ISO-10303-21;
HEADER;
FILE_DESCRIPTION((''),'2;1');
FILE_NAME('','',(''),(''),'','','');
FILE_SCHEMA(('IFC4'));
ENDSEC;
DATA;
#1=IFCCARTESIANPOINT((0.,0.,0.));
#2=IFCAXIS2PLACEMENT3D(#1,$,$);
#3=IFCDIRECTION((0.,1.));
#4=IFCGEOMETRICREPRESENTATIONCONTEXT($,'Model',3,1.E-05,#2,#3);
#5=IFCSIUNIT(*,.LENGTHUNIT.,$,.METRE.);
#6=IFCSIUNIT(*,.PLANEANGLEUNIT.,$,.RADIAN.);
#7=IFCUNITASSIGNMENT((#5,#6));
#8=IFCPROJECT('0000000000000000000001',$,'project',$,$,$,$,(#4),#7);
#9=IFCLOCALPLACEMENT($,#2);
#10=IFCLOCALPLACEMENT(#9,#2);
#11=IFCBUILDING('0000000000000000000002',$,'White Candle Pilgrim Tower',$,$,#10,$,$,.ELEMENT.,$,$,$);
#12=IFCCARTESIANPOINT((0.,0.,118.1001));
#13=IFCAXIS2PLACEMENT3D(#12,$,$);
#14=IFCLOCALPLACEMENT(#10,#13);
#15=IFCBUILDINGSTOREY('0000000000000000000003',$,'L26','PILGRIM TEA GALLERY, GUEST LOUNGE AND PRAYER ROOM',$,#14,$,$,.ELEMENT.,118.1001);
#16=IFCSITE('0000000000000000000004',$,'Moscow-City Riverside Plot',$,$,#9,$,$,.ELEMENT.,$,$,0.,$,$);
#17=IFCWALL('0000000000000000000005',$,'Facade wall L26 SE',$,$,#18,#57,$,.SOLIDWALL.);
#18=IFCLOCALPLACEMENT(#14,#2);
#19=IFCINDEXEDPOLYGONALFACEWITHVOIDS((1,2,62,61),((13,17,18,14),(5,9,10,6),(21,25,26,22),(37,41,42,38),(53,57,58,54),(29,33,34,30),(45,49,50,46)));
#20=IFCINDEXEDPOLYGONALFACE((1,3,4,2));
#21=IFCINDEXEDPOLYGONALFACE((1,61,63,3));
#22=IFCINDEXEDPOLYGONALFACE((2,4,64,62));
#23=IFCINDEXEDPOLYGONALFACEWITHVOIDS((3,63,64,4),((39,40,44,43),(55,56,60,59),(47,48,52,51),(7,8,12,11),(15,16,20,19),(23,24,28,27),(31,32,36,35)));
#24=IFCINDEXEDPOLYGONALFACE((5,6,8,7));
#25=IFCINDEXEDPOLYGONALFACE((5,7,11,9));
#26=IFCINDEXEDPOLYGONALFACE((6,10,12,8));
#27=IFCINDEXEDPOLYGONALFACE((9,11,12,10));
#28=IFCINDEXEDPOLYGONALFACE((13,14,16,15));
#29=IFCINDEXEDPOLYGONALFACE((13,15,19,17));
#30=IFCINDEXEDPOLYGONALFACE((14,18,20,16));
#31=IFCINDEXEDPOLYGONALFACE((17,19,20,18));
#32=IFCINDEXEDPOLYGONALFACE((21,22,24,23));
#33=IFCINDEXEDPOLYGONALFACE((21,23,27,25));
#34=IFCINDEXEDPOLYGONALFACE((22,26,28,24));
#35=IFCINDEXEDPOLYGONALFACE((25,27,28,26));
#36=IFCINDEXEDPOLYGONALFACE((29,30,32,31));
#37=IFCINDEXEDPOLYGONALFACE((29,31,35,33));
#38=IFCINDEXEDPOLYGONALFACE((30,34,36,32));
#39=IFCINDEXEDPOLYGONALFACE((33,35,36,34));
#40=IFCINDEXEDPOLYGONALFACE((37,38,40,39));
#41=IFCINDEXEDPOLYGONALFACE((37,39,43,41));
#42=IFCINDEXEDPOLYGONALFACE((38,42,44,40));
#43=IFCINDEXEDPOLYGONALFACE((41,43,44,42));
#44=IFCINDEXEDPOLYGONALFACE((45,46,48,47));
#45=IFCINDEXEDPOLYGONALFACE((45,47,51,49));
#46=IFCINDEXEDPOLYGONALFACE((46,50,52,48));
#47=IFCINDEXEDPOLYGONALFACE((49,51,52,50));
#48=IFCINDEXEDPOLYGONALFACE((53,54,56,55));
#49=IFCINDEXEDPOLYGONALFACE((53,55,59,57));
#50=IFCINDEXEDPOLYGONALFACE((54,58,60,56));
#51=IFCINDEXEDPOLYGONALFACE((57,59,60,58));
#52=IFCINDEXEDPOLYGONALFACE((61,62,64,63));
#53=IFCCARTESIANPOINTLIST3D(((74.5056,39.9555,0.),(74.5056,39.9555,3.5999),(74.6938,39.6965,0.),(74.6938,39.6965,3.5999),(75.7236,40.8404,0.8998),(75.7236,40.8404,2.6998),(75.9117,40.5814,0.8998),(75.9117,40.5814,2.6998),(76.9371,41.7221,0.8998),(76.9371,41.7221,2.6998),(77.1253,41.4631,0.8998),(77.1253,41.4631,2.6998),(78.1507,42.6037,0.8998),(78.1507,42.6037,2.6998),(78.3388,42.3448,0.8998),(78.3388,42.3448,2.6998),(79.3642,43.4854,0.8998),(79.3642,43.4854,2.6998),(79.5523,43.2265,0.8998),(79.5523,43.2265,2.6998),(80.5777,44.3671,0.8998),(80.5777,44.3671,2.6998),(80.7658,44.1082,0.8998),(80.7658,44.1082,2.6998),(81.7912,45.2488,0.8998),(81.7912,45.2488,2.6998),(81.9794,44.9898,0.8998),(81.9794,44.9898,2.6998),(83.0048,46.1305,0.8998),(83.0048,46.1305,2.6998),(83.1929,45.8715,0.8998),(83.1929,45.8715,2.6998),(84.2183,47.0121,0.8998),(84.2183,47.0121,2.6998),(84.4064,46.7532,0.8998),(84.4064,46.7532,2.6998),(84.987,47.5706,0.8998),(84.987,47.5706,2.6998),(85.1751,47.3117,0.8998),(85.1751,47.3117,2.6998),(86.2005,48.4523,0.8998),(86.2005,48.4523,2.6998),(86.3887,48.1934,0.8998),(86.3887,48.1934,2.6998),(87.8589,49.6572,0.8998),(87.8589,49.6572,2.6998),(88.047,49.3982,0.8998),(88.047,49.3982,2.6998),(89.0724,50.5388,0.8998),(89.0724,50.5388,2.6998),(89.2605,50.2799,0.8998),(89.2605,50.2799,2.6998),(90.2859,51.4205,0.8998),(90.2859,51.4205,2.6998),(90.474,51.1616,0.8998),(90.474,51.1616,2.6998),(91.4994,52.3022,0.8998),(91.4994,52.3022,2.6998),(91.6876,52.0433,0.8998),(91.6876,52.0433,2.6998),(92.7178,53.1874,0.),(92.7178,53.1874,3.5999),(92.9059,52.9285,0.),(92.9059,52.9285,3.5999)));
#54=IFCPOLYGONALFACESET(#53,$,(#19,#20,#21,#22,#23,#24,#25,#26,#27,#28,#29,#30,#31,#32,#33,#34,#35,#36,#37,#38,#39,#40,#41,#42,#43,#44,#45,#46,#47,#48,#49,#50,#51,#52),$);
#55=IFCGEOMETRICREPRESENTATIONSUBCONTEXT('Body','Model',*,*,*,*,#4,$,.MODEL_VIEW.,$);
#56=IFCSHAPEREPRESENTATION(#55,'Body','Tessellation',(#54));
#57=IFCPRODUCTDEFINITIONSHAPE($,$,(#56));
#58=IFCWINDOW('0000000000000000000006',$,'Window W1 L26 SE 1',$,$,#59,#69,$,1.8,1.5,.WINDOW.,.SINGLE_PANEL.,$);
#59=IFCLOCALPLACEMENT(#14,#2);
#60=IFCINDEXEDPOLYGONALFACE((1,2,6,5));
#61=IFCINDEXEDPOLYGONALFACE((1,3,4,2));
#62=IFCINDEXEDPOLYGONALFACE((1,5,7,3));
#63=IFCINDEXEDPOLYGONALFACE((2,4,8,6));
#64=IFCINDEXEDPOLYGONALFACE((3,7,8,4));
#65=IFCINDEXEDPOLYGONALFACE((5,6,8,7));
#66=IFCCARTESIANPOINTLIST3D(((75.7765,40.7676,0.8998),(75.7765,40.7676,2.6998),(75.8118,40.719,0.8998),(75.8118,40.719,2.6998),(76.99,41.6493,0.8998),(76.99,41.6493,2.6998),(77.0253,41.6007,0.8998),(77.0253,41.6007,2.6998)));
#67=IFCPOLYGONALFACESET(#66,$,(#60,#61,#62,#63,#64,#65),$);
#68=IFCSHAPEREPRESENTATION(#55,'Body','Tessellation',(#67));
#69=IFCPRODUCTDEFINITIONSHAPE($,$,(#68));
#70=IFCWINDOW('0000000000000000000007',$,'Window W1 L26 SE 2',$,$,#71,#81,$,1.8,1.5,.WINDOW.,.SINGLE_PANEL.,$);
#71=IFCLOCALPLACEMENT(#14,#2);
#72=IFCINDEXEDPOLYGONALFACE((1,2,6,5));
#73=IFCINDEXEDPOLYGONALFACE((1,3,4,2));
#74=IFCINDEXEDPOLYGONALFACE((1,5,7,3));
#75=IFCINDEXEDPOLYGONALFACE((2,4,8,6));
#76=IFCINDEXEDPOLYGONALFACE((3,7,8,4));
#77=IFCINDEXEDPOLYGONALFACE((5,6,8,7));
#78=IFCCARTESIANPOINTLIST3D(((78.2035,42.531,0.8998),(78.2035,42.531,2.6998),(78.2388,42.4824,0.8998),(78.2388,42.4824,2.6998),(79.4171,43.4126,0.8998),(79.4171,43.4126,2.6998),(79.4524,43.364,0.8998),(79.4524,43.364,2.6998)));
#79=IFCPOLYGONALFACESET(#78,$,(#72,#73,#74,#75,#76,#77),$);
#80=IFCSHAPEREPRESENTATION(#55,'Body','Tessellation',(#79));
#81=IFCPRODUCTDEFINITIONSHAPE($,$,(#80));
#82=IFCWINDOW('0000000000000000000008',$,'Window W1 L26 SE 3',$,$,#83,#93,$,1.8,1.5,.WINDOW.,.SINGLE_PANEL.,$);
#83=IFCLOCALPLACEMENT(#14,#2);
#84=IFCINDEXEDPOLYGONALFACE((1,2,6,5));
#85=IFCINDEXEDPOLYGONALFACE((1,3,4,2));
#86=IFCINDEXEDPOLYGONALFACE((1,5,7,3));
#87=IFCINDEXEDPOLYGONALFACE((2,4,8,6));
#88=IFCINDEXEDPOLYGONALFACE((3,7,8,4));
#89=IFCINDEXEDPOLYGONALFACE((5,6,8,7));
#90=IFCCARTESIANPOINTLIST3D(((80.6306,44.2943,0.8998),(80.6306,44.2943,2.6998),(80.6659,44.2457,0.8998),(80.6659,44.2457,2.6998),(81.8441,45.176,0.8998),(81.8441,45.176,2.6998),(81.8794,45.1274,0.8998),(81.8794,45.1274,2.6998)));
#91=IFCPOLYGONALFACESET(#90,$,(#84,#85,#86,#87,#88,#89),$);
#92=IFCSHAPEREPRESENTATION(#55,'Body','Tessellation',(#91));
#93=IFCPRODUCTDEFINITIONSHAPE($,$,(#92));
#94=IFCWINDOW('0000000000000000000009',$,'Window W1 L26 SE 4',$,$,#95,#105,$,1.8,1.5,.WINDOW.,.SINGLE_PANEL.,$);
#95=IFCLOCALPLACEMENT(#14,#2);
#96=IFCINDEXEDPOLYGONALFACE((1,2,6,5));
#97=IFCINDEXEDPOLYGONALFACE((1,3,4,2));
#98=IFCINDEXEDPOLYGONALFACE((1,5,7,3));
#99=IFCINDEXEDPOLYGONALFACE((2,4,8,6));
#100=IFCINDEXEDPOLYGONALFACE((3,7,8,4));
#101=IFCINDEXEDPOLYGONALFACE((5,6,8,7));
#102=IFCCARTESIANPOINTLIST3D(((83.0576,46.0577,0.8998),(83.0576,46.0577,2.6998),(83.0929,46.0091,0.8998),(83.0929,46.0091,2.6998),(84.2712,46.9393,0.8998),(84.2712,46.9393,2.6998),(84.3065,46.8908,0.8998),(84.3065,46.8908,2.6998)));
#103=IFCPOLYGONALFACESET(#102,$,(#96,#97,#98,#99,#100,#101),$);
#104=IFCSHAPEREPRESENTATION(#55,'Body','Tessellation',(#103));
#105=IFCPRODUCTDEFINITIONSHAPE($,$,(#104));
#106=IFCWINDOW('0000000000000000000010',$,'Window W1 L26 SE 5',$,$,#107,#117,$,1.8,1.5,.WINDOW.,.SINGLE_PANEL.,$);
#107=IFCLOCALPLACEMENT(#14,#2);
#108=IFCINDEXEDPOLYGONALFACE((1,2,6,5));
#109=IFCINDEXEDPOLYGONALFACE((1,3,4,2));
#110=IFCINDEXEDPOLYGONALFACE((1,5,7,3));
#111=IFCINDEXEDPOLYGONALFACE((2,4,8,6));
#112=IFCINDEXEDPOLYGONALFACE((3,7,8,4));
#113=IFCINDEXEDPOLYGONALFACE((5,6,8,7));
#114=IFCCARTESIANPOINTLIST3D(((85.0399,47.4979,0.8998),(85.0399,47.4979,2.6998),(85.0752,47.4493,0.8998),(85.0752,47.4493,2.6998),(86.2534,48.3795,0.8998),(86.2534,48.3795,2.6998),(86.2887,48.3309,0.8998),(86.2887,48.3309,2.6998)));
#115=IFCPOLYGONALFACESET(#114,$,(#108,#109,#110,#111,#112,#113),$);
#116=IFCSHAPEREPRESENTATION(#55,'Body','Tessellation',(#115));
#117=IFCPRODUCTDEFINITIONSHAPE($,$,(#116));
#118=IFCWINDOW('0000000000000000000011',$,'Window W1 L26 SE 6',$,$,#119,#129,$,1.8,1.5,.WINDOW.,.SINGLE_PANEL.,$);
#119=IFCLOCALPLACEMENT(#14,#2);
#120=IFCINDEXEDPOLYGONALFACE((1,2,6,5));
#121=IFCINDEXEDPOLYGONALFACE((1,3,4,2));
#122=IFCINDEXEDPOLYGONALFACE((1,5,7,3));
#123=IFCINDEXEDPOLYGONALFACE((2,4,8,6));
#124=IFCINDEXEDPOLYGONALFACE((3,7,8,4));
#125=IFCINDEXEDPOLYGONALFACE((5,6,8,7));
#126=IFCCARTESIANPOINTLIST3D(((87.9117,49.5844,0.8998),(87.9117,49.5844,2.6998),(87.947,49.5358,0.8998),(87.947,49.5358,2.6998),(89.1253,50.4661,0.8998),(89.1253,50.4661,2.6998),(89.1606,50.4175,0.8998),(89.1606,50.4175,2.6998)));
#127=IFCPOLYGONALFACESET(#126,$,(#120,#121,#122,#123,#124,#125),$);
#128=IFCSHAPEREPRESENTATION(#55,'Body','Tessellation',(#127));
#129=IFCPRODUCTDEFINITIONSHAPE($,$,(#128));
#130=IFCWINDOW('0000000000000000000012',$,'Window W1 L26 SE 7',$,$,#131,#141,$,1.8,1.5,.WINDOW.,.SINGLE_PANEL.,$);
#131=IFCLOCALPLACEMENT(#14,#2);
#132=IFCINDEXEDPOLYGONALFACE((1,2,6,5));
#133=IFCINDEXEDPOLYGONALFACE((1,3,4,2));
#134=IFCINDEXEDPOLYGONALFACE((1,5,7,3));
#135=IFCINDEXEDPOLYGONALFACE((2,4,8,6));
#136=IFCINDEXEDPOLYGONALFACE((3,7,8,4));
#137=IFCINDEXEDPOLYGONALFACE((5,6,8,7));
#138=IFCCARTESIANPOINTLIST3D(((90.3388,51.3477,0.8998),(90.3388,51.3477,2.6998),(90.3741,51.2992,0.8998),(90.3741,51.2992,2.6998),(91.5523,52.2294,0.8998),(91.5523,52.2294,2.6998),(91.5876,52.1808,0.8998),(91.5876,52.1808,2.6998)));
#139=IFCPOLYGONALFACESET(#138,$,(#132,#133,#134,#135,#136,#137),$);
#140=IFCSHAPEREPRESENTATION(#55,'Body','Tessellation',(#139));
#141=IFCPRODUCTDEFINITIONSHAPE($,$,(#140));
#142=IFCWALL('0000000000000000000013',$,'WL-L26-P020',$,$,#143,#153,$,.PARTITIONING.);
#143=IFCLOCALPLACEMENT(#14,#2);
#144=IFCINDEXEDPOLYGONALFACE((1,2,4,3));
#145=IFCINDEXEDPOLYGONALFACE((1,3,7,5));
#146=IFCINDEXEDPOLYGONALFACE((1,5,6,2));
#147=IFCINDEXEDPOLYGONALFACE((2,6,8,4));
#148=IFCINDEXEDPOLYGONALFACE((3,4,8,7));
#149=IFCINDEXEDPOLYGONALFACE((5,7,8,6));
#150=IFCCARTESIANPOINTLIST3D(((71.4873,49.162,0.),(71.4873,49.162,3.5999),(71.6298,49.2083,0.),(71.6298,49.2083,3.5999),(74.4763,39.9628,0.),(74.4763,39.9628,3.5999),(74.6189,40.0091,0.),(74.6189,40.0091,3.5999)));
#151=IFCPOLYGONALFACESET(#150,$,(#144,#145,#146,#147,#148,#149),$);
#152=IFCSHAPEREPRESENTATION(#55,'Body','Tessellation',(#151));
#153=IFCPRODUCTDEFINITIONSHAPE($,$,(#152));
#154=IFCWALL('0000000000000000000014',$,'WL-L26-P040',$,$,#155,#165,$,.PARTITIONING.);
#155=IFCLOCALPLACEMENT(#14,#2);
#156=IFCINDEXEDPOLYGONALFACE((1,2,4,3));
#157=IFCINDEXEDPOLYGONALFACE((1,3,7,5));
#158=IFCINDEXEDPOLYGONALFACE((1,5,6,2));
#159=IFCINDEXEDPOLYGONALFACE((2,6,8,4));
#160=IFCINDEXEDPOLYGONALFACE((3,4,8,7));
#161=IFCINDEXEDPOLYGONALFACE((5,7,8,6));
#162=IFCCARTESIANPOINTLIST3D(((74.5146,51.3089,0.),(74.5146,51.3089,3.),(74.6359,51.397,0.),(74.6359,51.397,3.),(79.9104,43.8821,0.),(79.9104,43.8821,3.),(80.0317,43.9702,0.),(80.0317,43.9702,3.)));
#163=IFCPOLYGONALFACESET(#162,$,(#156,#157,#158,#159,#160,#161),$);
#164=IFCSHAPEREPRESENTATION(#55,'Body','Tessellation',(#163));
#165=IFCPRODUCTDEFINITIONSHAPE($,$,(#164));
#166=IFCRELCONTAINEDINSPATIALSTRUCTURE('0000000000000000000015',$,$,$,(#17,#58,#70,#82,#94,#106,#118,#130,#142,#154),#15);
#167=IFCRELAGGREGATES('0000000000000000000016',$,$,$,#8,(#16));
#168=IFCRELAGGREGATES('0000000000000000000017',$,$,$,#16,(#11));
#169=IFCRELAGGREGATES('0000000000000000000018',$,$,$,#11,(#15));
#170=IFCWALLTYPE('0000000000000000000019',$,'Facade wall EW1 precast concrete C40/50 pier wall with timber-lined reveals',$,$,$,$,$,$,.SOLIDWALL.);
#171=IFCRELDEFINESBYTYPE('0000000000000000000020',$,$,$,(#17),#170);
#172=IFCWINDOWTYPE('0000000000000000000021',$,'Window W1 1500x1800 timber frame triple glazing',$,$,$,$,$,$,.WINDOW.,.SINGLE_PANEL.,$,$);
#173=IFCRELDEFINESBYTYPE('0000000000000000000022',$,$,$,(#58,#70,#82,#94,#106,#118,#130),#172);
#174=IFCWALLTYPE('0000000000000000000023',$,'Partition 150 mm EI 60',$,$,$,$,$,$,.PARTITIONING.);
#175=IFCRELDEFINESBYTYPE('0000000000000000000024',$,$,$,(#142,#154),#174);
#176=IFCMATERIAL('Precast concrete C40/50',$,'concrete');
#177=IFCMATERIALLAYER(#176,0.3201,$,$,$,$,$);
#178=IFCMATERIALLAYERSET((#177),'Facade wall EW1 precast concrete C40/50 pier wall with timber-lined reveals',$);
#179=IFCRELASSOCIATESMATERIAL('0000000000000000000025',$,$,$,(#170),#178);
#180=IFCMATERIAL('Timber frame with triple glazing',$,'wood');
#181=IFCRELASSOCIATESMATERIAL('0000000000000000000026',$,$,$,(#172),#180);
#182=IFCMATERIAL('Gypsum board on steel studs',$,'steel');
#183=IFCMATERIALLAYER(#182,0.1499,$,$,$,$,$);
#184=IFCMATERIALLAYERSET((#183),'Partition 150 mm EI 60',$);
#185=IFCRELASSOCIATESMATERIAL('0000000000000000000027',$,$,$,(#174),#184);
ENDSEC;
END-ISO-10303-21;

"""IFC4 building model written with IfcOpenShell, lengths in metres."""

from ifc_helpers import new_model, si_unit, direction, frame, frame_2d, origin, place, context, subcontext, project, spatial, rectangle, extrude, material, layer, layer_set, type_object, element, fill, save


model = new_model("IFC4")

# Units and contexts
model_context = context("Model", 3, precision=1e-05, world=origin(), true_north=direction((0.0, 1.0)))
body_context = subcontext(model_context, "Body", "Model", "MODEL_VIEW")
ifc_project = project(units=[si_unit("LENGTHUNIT", "METRE"), si_unit("PLANEANGLEUNIT", "RADIAN")], contexts=[model_context])

# Site, building, storey
site_placement = place(None, origin())
site = spatial("IfcSite", under=ifc_project, at=site_placement, Name="Moscow-City Riverside Plot", CompositionType="ELEMENT", RefElevation=0.0)
building_placement = place(site_placement, origin())
building = spatial("IfcBuilding", under=site, at=building_placement, Name="White Candle Pilgrim Tower", CompositionType="ELEMENT")
storey_placement = place(building_placement, frame((0.0, 0.0, 118.1001)))
storey = spatial("IfcBuildingStorey", under=building, at=storey_placement, Name="L26", Description="PILGRIM TEA GALLERY, GUEST LOUNGE AND PRAYER ROOM", CompositionType="ELEMENT", Elevation=118.1001)

# Shared definitions
ifc_material_1 = material(Name="Gypsum board on steel studs", Category="steel")

# Wall, openings, windows
ifc_material_2 = material(Name="Precast concrete C40/50", Category="concrete")
ifc_layer_1 = layer(ifc_material_2, 0.3201)
ifc_layer_set_1 = layer_set([ifc_layer_1], Name="Facade wall EW1 precast concrete C40/50 pier wall with timber-lined reveals")
wall_type_1 = type_object("IfcWallType", Name="Facade wall EW1 precast concrete C40/50 pier wall with timber-lined reveals", PredefinedType="SOLIDWALL", material=ifc_layer_set_1)
wall_1_placement = place(storey_placement, frame((74.5996, 39.8259, 0.0), z_axis=(0.0, 0.0, 1.0), x_axis=(0.809016, 0.587786, 0.0)))
wall_1 = element("IfcWall", 1, at=wall_1_placement, inside=storey, type_object=wall_type_1, Name="Facade wall L26 SE", PredefinedType="SOLIDWALL", context=body_context, shape_type="SweptSolid", body=[
    extrude(rectangle(XDim=22.5115, YDim=0.3201, at=frame_2d((11.2559, 0.0))), origin(), (0.0, 0.0, 1.0), 3.5999),
])
opening_1_placement = place(wall_1_placement, frame((1.5056, 0.0, 0.8999)))
opening_1 = element("IfcOpeningElement", 2, at=opening_1_placement, cuts=wall_1, PredefinedType="OPENING", context=body_context, shape_type="SweptSolid", body=[
    extrude(rectangle(XDim=1.5, YDim=1.8, at=frame_2d((0.75, 0.8999))), frame((0.0, 0.1699, 0.0), z_axis=(0.0, -1.0, 0.0), x_axis=(1.0, 0.0, 0.0)), (0.0, 0.0, 1.0), 0.3401),
])
opening_2_placement = place(wall_1_placement, frame((4.5056, 0.0, 0.8999)))
opening_2 = element("IfcOpeningElement", 3, at=opening_2_placement, cuts=wall_1, PredefinedType="OPENING", context=body_context, shape_type="SweptSolid", body=[
    extrude(rectangle(XDim=1.5, YDim=1.8, at=frame_2d((0.75, 0.8999))), frame((0.0, 0.1699, 0.0), z_axis=(0.0, -1.0, 0.0), x_axis=(1.0, 0.0, 0.0)), (0.0, 0.0, 1.0), 0.3401),
])
opening_3_placement = place(wall_1_placement, frame((7.5056, 0.0, 0.8999)))
opening_3 = element("IfcOpeningElement", 4, at=opening_3_placement, cuts=wall_1, PredefinedType="OPENING", context=body_context, shape_type="SweptSolid", body=[
    extrude(rectangle(XDim=1.5, YDim=1.8, at=frame_2d((0.75, 0.8999))), frame((0.0, 0.1699, 0.0), z_axis=(0.0, -1.0, 0.0), x_axis=(1.0, 0.0, 0.0)), (0.0, 0.0, 1.0), 0.3401),
])
opening_4_placement = place(wall_1_placement, frame((10.5056, 0.0, 0.8999)))
opening_4 = element("IfcOpeningElement", 5, at=opening_4_placement, cuts=wall_1, PredefinedType="OPENING", context=body_context, shape_type="SweptSolid", body=[
    extrude(rectangle(XDim=1.5, YDim=1.8, at=frame_2d((0.75, 0.8999))), frame((0.0, 0.1699, 0.0), z_axis=(0.0, -1.0, 0.0), x_axis=(1.0, 0.0, 0.0)), (0.0, 0.0, 1.0), 0.3401),
])
opening_5_placement = place(wall_1_placement, frame((12.9558, 0.0, 0.8999)))
opening_5 = element("IfcOpeningElement", 6, at=opening_5_placement, cuts=wall_1, PredefinedType="OPENING", context=body_context, shape_type="SweptSolid", body=[
    extrude(rectangle(XDim=1.5, YDim=1.8, at=frame_2d((0.75, 0.8999))), frame((0.0, 0.1699, 0.0), z_axis=(0.0, -1.0, 0.0), x_axis=(1.0, 0.0, 0.0)), (0.0, 0.0, 1.0), 0.3401),
])
opening_6_placement = place(wall_1_placement, frame((16.5056, 0.0, 0.8999)))
opening_6 = element("IfcOpeningElement", 7, at=opening_6_placement, cuts=wall_1, PredefinedType="OPENING", context=body_context, shape_type="SweptSolid", body=[
    extrude(rectangle(XDim=1.5, YDim=1.8, at=frame_2d((0.75, 0.8999))), frame((0.0, 0.1699, 0.0), z_axis=(0.0, -1.0, 0.0), x_axis=(1.0, 0.0, 0.0)), (0.0, 0.0, 1.0), 0.3401),
])
opening_7_placement = place(wall_1_placement, frame((19.5056, 0.0, 0.8999)))
opening_7 = element("IfcOpeningElement", 8, at=opening_7_placement, cuts=wall_1, PredefinedType="OPENING", context=body_context, shape_type="SweptSolid", body=[
    extrude(rectangle(XDim=1.5, YDim=1.8, at=frame_2d((0.75, 0.8999))), frame((0.0, 0.1699, 0.0), z_axis=(0.0, -1.0, 0.0), x_axis=(1.0, 0.0, 0.0)), (0.0, 0.0, 1.0), 0.3401),
])
ifc_material_3 = material(Name="Timber frame with triple glazing", Category="wood")
window_type = type_object("IfcWindowType", Name="Window W1 1500x1800 timber frame triple glazing", PartitioningType="SINGLE_PANEL", PredefinedType="WINDOW", material=ifc_material_3)
window_1_placement = place(opening_1_placement, origin())
window_1 = element("IfcWindow", 9, at=window_1_placement, inside=storey, type_object=window_type, Name="Window W1 L26 SE 1", OverallHeight=1.8, OverallWidth=1.5, PartitioningType="SINGLE_PANEL", PredefinedType="WINDOW", context=body_context, shape_type="SweptSolid", body=[
    extrude(rectangle(XDim=1.5, YDim=1.8, at=frame_2d((0.75, 0.8999))), frame((0.0, 0.0701, 0.0), z_axis=(0.0, -1.0, 0.0), x_axis=(1.0, 0.0, 0.0)), (0.0, 0.0, 1.0), 0.0601),
])
fill(opening_1, window_1)
window_2_placement = place(opening_2_placement, origin())
window_2 = element("IfcWindow", 10, at=window_2_placement, inside=storey, type_object=window_type, Name="Window W1 L26 SE 2", OverallHeight=1.8, OverallWidth=1.5, PartitioningType="SINGLE_PANEL", PredefinedType="WINDOW", context=body_context, shape_type="SweptSolid", body=[
    extrude(rectangle(XDim=1.5, YDim=1.8, at=frame_2d((0.75, 0.8999))), frame((0.0, 0.0701, 0.0), z_axis=(0.0, -1.0, 0.0), x_axis=(1.0, 0.0, 0.0)), (0.0, 0.0, 1.0), 0.0601),
])
fill(opening_2, window_2)
window_3_placement = place(opening_3_placement, origin())
window_3 = element("IfcWindow", 11, at=window_3_placement, inside=storey, type_object=window_type, Name="Window W1 L26 SE 3", OverallHeight=1.8, OverallWidth=1.5, PartitioningType="SINGLE_PANEL", PredefinedType="WINDOW", context=body_context, shape_type="SweptSolid", body=[
    extrude(rectangle(XDim=1.5, YDim=1.8, at=frame_2d((0.75, 0.8999))), frame((0.0, 0.0701, 0.0), z_axis=(0.0, -1.0, 0.0), x_axis=(1.0, 0.0, 0.0)), (0.0, 0.0, 1.0), 0.0601),
])
fill(opening_3, window_3)
window_4_placement = place(opening_4_placement, origin())
window_4 = element("IfcWindow", 12, at=window_4_placement, inside=storey, type_object=window_type, Name="Window W1 L26 SE 4", OverallHeight=1.8, OverallWidth=1.5, PartitioningType="SINGLE_PANEL", PredefinedType="WINDOW", context=body_context, shape_type="SweptSolid", body=[
    extrude(rectangle(XDim=1.5, YDim=1.8, at=frame_2d((0.75, 0.8999))), frame((0.0, 0.0701, 0.0), z_axis=(0.0, -1.0, 0.0), x_axis=(1.0, 0.0, 0.0)), (0.0, 0.0, 1.0), 0.0601),
])
fill(opening_4, window_4)
window_5_placement = place(opening_5_placement, origin())
window_5 = element("IfcWindow", 13, at=window_5_placement, inside=storey, type_object=window_type, Name="Window W1 L26 SE 5", OverallHeight=1.8, OverallWidth=1.5, PartitioningType="SINGLE_PANEL", PredefinedType="WINDOW", context=body_context, shape_type="SweptSolid", body=[
    extrude(rectangle(XDim=1.5, YDim=1.8, at=frame_2d((0.75, 0.8999))), frame((0.0, 0.0701, 0.0), z_axis=(0.0, -1.0, 0.0), x_axis=(1.0, 0.0, 0.0)), (0.0, 0.0, 1.0), 0.0601),
])
fill(opening_5, window_5)
window_6_placement = place(opening_6_placement, origin())
window_6 = element("IfcWindow", 14, at=window_6_placement, inside=storey, type_object=window_type, Name="Window W1 L26 SE 6", OverallHeight=1.8, OverallWidth=1.5, PartitioningType="SINGLE_PANEL", PredefinedType="WINDOW", context=body_context, shape_type="SweptSolid", body=[
    extrude(rectangle(XDim=1.5, YDim=1.8, at=frame_2d((0.75, 0.8999))), frame((0.0, 0.0701, 0.0), z_axis=(0.0, -1.0, 0.0), x_axis=(1.0, 0.0, 0.0)), (0.0, 0.0, 1.0), 0.0601),
])
fill(opening_6, window_6)
window_7_placement = place(opening_7_placement, origin())
window_7 = element("IfcWindow", 15, at=window_7_placement, inside=storey, type_object=window_type, Name="Window W1 L26 SE 7", OverallHeight=1.8, OverallWidth=1.5, PartitioningType="SINGLE_PANEL", PredefinedType="WINDOW", context=body_context, shape_type="SweptSolid", body=[
    extrude(rectangle(XDim=1.5, YDim=1.8, at=frame_2d((0.75, 0.8999))), frame((0.0, 0.0701, 0.0), z_axis=(0.0, -1.0, 0.0), x_axis=(1.0, 0.0, 0.0)), (0.0, 0.0, 1.0), 0.0601),
])
fill(opening_7, window_7)

# Walls
ifc_layer_2 = layer(ifc_material_1, 0.1499)
ifc_layer_set_2 = layer_set([ifc_layer_2], Name="Partition 150 mm EI 60")
wall_type_2 = type_object("IfcWallType", Name="Partition 150 mm EI 60", PredefinedType="PARTITIONING", material=ifc_layer_set_2)
wall_2_placement = place(storey_placement, frame((74.5476, 39.9858, 0.0), z_axis=(0.0, 0.0, 1.0), x_axis=(-0.309018, 0.951056, 0.0)))
element("IfcWall", 16, at=wall_2_placement, inside=storey, type_object=wall_type_2, Name="WL-L26-P020", PredefinedType="PARTITIONING", context=body_context, shape_type="SweptSolid", body=[
    extrude(rectangle(XDim=9.6726, YDim=0.1499, at=frame_2d((4.8364, 0.0))), origin(), (0.0, 0.0, 1.0), 3.5999),
])
wall_3_placement = place(storey_placement, frame((79.9709, 43.9263, 0.0), z_axis=(0.0, 0.0, 1.0), x_axis=(-0.587778, 0.809022, 0.0)))
element("IfcWall", 17, at=wall_3_placement, inside=storey, type_object=wall_type_2, Name="WL-L26-P040", PredefinedType="PARTITIONING", context=body_context, shape_type="SweptSolid", body=[
    extrude(rectangle(XDim=9.1799, YDim=0.1499, at=frame_2d((4.5898, 0.0))), origin(), (0.0, 0.0, 1.0), 3.0),
])

save(model, "model.ifc")
